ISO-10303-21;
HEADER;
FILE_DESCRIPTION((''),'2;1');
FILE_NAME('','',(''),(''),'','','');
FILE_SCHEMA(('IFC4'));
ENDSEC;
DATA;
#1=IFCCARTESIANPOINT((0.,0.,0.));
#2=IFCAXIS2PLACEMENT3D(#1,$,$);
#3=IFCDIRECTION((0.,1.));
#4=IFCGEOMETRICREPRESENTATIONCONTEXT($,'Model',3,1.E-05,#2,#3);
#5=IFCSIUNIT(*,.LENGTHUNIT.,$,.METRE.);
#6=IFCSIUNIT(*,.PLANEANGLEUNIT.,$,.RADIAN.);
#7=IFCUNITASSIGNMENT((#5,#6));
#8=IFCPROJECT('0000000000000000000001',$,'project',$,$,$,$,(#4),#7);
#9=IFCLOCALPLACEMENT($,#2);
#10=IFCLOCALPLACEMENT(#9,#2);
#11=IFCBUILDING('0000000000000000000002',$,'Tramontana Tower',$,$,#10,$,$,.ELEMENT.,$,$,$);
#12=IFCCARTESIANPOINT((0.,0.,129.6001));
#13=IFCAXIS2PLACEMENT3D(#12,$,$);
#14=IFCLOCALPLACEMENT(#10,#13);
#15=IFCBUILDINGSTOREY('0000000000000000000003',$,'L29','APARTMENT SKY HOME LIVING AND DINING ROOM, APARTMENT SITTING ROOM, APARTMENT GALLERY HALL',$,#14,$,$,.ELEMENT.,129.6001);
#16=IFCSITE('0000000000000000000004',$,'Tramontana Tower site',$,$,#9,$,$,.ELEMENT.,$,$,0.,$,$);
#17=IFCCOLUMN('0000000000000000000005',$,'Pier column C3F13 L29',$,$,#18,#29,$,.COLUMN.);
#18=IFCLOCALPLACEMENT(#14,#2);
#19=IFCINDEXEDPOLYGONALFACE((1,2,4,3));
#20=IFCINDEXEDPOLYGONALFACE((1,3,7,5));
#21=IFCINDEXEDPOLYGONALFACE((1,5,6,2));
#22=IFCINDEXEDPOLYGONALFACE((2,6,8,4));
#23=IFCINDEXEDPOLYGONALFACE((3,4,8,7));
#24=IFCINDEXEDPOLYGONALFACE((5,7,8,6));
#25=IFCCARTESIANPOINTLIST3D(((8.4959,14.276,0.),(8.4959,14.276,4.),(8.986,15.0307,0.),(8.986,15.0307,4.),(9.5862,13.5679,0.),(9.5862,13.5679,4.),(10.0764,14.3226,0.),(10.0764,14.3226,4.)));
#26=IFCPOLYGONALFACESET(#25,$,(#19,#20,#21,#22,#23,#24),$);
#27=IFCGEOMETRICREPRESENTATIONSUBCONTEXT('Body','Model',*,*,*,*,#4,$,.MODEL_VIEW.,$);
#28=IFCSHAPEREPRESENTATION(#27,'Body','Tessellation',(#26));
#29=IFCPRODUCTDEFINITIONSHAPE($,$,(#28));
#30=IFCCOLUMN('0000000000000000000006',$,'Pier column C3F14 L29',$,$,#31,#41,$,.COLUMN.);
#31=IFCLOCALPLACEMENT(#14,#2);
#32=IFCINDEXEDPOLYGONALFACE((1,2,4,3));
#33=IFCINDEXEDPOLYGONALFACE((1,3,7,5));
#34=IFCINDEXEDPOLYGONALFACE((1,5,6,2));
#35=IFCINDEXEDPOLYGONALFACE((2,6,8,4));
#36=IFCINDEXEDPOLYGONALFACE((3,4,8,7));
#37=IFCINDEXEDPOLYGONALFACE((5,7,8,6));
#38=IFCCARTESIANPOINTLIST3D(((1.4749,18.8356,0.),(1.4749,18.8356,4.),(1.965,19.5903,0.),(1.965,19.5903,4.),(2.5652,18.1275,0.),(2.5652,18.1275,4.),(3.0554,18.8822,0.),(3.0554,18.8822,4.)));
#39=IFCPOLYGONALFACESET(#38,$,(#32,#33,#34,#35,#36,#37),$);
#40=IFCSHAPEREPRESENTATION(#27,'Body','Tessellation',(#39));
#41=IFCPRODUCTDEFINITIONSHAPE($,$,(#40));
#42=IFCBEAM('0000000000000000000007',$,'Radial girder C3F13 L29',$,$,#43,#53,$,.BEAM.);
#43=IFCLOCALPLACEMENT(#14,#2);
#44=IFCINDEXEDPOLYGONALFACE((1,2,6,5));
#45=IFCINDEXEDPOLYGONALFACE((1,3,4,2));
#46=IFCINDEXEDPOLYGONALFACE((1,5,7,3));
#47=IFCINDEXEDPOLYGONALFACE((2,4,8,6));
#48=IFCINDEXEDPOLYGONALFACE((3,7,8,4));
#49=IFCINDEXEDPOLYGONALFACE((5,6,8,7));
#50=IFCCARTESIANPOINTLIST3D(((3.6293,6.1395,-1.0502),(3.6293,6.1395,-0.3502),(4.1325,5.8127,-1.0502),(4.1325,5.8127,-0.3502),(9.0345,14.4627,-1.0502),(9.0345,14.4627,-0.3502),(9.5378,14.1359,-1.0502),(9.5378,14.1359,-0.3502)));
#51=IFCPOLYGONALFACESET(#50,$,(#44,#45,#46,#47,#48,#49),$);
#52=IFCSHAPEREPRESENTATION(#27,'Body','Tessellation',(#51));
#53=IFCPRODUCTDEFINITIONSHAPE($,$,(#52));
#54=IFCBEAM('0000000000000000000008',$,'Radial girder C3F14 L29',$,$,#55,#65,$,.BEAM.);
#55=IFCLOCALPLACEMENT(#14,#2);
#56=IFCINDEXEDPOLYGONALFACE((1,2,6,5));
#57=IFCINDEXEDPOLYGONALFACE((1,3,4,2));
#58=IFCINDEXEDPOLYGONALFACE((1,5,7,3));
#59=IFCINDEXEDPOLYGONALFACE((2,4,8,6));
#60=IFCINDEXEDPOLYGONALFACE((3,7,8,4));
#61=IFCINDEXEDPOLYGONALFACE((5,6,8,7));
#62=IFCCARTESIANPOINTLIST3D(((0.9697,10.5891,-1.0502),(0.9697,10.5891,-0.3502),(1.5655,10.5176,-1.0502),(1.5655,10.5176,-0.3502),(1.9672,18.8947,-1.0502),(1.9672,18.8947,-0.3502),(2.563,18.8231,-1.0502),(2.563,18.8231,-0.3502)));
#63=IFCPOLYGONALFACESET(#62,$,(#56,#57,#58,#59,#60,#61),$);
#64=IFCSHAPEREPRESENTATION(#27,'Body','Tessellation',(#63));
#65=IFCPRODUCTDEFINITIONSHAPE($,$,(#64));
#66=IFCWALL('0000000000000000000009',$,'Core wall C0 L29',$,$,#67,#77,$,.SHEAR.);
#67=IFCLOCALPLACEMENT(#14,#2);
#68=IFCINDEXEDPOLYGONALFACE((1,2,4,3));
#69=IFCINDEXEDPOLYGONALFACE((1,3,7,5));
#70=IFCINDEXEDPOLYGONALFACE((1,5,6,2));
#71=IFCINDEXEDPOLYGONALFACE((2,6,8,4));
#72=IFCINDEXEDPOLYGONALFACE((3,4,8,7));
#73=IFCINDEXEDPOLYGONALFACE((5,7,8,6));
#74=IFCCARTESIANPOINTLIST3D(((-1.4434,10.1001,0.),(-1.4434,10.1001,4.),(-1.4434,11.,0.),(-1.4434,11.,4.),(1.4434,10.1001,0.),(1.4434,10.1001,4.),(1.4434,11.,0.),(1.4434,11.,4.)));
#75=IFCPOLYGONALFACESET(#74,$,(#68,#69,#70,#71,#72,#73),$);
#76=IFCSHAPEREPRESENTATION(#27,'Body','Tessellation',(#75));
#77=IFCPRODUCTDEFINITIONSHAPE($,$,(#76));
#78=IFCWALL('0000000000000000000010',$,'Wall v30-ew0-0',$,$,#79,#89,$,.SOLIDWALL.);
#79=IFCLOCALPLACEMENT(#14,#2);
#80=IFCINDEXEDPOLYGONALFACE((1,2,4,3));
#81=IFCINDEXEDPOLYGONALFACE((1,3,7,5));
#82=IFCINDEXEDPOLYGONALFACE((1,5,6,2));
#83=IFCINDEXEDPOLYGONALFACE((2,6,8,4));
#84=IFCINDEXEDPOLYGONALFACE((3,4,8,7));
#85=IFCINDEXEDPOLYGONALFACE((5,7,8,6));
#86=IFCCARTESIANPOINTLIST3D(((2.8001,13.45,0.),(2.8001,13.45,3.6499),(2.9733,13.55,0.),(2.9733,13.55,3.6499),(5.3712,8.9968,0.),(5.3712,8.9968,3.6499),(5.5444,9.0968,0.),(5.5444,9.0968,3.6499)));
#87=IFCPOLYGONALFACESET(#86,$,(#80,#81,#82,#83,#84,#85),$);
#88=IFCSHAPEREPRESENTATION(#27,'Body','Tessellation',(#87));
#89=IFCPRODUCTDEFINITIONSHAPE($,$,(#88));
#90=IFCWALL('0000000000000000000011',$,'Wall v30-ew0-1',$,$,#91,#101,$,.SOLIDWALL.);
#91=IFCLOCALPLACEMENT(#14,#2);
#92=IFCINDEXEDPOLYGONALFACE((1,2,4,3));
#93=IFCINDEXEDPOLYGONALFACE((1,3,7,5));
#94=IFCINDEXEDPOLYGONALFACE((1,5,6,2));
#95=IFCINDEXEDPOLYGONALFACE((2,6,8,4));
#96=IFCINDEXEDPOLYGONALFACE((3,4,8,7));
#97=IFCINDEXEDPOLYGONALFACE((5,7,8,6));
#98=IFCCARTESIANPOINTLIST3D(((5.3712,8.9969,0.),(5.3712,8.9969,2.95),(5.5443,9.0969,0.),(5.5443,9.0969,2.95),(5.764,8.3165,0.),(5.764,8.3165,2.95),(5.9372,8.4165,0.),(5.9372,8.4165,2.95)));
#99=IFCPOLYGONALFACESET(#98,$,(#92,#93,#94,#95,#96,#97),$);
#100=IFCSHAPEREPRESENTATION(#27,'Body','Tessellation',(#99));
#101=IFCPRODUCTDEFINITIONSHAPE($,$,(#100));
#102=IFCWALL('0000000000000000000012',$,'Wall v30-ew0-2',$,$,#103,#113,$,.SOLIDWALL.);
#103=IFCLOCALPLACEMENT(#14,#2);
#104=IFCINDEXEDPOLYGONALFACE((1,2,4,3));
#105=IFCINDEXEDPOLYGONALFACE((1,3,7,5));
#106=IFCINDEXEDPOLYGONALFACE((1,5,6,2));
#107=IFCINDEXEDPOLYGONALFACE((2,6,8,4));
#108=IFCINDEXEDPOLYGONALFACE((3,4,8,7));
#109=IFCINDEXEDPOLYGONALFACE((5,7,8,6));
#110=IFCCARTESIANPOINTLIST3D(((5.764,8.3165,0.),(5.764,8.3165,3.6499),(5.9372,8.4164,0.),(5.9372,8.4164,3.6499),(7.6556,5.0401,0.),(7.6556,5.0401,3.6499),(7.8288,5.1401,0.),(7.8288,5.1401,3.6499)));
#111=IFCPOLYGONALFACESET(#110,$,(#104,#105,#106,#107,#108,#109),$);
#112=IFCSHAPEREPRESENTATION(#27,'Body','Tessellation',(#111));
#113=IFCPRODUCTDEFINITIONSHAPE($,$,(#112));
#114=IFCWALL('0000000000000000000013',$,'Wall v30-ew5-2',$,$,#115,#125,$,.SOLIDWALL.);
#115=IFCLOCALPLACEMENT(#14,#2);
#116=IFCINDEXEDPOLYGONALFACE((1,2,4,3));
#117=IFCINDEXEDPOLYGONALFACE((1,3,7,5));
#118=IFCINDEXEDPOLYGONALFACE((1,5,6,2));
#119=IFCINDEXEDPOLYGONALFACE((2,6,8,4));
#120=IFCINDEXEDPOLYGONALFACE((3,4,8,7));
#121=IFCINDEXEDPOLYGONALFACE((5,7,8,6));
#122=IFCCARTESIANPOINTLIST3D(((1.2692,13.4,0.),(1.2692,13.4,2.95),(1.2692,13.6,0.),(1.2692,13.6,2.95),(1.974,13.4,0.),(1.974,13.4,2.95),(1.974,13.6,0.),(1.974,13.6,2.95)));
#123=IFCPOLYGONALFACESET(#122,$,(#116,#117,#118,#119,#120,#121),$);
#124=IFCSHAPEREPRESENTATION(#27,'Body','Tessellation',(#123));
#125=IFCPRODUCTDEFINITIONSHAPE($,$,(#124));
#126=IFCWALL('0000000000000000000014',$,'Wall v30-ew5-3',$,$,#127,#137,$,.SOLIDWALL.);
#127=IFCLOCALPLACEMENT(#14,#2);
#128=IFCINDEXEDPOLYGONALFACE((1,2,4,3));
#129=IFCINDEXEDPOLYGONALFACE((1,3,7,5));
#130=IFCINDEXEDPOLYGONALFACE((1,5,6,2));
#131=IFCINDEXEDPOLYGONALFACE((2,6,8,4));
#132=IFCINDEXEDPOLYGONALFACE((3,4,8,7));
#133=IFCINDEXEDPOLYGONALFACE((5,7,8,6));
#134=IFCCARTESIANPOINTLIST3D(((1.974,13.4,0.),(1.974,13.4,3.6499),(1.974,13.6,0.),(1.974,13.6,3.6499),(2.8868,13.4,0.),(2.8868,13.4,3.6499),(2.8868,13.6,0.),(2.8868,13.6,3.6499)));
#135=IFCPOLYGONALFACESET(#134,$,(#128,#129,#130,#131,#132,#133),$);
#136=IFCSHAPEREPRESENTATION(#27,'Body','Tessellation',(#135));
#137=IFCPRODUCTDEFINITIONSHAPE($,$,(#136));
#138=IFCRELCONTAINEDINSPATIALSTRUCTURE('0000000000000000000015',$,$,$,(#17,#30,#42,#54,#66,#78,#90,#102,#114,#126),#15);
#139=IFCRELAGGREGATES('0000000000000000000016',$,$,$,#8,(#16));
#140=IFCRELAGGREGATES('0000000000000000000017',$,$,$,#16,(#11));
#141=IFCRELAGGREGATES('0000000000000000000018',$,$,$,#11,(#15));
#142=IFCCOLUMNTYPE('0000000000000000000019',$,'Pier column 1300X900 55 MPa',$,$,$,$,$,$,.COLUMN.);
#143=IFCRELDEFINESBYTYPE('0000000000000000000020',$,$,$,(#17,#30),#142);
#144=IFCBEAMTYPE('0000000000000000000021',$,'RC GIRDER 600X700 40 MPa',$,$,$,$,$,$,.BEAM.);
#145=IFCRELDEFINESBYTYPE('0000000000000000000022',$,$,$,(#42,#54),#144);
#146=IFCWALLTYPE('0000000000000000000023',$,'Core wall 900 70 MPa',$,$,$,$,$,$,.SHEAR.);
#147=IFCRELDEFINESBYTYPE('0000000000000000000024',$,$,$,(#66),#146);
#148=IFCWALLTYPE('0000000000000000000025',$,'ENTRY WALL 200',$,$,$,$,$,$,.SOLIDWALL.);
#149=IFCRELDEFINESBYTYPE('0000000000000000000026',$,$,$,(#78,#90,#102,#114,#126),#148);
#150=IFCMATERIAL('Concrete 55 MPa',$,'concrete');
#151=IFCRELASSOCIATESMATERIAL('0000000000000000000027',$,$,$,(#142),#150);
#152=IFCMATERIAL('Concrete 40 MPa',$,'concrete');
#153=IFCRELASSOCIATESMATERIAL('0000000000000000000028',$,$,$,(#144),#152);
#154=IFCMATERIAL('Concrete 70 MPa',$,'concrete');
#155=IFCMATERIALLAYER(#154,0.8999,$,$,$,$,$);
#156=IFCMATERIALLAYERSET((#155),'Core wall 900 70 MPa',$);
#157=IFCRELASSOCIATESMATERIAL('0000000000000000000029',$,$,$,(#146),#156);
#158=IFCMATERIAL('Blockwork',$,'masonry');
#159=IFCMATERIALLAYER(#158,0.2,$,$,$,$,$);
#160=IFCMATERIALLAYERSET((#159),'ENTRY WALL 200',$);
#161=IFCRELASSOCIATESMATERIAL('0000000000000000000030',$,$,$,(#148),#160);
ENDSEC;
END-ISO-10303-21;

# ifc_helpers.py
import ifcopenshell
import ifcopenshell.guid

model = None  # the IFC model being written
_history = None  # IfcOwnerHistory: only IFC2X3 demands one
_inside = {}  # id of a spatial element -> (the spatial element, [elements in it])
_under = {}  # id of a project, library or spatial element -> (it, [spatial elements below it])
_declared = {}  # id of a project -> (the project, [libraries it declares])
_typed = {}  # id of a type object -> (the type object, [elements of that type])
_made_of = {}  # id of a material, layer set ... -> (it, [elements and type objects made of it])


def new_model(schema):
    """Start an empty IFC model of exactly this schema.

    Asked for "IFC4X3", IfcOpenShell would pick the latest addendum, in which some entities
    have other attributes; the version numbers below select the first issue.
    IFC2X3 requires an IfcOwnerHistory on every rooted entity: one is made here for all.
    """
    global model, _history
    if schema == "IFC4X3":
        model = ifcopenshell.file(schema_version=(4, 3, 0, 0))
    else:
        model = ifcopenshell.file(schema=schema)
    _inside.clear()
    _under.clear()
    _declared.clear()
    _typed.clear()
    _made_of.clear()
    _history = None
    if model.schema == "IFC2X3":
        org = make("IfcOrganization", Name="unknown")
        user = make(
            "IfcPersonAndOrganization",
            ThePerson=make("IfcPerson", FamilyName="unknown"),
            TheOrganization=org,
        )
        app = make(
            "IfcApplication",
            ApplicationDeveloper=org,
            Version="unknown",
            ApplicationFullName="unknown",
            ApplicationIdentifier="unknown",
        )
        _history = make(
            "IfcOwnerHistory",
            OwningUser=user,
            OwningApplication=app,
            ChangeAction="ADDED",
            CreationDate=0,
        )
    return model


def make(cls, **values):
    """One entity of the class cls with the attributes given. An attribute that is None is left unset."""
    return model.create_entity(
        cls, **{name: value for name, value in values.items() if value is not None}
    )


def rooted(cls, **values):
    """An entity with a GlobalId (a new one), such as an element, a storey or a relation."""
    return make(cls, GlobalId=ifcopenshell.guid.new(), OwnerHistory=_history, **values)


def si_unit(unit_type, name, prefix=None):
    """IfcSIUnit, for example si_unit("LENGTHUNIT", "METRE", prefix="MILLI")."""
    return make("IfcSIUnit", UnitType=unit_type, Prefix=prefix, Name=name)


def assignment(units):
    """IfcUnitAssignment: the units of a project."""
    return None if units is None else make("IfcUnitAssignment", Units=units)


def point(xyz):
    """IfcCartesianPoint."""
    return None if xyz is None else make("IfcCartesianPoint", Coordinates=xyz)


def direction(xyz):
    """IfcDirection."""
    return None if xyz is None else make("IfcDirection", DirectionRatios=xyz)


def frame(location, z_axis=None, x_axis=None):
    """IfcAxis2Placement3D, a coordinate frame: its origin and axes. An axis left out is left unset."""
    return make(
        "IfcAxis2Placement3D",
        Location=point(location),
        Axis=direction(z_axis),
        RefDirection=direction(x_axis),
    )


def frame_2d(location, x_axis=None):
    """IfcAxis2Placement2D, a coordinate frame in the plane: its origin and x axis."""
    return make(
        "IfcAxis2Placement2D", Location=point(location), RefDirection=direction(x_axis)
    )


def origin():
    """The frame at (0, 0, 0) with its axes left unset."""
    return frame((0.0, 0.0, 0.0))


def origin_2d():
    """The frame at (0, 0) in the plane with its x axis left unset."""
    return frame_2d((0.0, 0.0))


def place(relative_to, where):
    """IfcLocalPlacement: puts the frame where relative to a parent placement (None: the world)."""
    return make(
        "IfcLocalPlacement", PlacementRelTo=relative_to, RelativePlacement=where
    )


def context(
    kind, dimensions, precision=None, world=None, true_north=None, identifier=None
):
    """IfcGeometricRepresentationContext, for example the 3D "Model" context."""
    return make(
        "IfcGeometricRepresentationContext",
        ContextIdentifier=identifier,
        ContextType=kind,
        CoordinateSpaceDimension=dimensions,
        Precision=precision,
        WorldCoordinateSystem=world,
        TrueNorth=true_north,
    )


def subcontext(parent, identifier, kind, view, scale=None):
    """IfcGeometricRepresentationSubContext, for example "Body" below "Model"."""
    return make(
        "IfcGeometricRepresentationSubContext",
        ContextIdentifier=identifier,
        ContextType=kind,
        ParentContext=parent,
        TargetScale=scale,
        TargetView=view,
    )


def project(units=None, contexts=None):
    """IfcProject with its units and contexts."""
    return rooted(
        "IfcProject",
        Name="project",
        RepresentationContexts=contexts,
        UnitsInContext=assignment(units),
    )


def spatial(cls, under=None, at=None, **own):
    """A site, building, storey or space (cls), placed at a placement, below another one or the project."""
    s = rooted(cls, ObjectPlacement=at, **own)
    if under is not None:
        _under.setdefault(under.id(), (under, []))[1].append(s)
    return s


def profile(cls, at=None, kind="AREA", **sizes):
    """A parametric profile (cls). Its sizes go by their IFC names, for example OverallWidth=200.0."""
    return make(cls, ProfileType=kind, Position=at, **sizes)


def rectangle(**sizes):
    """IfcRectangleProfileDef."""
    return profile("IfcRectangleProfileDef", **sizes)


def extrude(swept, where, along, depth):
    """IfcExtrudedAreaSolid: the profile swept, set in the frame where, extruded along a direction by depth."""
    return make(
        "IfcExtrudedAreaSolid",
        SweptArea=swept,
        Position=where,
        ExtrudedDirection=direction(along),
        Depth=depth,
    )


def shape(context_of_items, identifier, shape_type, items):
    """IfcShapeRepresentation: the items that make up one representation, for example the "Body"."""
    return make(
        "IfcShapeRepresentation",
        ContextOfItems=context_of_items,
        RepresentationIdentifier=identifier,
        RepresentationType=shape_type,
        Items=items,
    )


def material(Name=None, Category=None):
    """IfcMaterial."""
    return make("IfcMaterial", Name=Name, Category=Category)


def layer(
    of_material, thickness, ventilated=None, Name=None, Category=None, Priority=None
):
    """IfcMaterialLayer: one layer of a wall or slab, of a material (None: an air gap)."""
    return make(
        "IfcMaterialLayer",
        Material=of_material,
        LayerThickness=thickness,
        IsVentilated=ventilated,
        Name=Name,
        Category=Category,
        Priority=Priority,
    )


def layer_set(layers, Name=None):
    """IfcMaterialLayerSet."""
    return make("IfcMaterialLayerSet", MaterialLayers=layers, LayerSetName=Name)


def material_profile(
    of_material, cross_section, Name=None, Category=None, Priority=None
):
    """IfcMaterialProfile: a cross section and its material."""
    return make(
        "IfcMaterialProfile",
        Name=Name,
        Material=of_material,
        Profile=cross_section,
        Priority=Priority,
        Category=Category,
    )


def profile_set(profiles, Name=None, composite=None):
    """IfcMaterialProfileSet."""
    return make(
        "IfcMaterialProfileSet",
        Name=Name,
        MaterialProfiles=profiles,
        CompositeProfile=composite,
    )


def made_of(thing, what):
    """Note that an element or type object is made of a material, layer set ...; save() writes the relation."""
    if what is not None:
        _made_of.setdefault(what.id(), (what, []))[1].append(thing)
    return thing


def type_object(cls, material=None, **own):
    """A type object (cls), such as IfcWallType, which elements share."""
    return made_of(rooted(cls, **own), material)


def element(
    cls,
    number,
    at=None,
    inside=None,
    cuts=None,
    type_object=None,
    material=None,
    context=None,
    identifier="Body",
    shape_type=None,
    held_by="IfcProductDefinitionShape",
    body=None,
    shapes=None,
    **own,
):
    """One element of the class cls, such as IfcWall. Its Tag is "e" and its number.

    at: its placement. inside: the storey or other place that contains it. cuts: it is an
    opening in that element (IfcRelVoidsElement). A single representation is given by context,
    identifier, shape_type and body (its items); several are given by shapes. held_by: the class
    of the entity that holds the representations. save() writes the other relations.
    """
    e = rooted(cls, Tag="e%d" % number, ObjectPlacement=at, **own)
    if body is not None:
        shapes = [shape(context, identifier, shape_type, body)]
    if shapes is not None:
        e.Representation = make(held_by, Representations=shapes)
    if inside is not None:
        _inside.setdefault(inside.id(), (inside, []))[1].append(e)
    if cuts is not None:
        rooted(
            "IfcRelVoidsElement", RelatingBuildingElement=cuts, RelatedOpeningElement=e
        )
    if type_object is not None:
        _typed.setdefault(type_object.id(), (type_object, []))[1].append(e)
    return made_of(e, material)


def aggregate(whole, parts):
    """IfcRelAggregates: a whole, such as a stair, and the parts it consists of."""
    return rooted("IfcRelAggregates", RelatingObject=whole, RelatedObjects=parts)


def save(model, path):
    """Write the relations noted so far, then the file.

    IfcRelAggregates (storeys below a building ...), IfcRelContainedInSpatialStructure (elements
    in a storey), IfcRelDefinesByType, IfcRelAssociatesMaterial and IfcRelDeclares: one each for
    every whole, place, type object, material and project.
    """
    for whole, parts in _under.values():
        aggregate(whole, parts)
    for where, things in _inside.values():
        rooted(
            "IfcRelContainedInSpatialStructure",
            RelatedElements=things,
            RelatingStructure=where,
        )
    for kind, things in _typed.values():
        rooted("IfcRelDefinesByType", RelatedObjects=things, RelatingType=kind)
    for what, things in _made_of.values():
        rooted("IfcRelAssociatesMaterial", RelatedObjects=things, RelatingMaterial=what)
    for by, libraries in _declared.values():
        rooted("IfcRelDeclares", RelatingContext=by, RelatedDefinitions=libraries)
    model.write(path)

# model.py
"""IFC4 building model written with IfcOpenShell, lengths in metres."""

from ifc_helpers import new_model, si_unit, direction, frame, frame_2d, origin, origin_2d, place, context, subcontext, project, spatial, rectangle, extrude, material, layer, layer_set, material_profile, profile_set, type_object, element, save


model = new_model("IFC4")

# Units and contexts
model_context = context("Model", 3, precision=1e-05, world=origin(), true_north=direction((0.0, 1.0)))
body_context = subcontext(model_context, "Body", "Model", "MODEL_VIEW")
ifc_project = project(units=[si_unit("LENGTHUNIT", "METRE"), si_unit("PLANEANGLEUNIT", "RADIAN")], contexts=[model_context])

# Site, building, storey
site_placement = place(None, origin())
site = spatial("IfcSite", under=ifc_project, at=site_placement, Name="Tramontana Tower site", CompositionType="ELEMENT", RefElevation=0.0)
building_placement = place(site_placement, origin())
building = spatial("IfcBuilding", under=site, at=building_placement, Name="Tramontana Tower", CompositionType="ELEMENT")
storey_placement = place(building_placement, frame((0.0, 0.0, 129.6001)))
storey = spatial("IfcBuildingStorey", under=building, at=storey_placement, Name="L29", Description="APARTMENT SKY HOME LIVING AND DINING ROOM, APARTMENT SITTING ROOM, APARTMENT GALLERY HALL", CompositionType="ELEMENT", Elevation=129.6001)

# Columns
ifc_material_1 = material(Name="Concrete 55 MPa", Category="concrete")
ifc_material_profile_1 = material_profile(ifc_material_1, rectangle(XDim=1.3, YDim=0.8999, at=origin_2d()), Name="Pier column 1300X900 55 MPa")
ifc_profile_set_1 = profile_set([ifc_material_profile_1], Name="Concrete 55 MPa")
column_type = type_object("IfcColumnType", Name="Pier column 1300X900 55 MPa", PredefinedType="COLUMN", material=ifc_profile_set_1)
for number, where, z_axis, x_axis, name in (
    (1, (9.2861, 14.2993, 0.0), (0.0, 0.0, 1.0), (-0.838671, 0.544639, 0.0), "Pier column C3F13 L29"),
    (2, (2.2651, 18.8589, 0.0), (0.0, 0.0, 1.0), (-0.838671, 0.544639, 0.0), "Pier column C3F14 L29"),
):
    element("IfcColumn", number, at=place(storey_placement, frame(where, z_axis=z_axis, x_axis=x_axis)), inside=storey, type_object=column_type, Name=name, PredefinedType="COLUMN", context=body_context, shape_type="SweptSolid", body=[
        extrude(rectangle(XDim=1.3, YDim=0.8999, at=origin_2d()), origin(), (0.0, 0.0, 1.0), 4.0),
    ])

# Beams
ifc_material_2 = material(Name="Concrete 40 MPa", Category="concrete")
ifc_material_profile_2 = material_profile(ifc_material_2, rectangle(XDim=0.6001, YDim=0.7, at=origin_2d()), Name="RC GIRDER 600X700 40 MPa")
ifc_profile_set_2 = profile_set([ifc_material_profile_2], Name="Concrete 40 MPa")
beam_type = type_object("IfcBeamType", Name="RC GIRDER 600X700 40 MPa", PredefinedType="BEAM", material=ifc_profile_set_2)
beam_1_placement = place(storey_placement, frame((9.2861, 14.2993, -0.7002), z_axis=(-0.544646, -0.838666, 0.0), x_axis=(0.838666, -0.544646, 0.0)))
element("IfcBeam", 3, at=beam_1_placement, inside=storey, type_object=beam_type, Name="Radial girder C3F13 L29", PredefinedType="BEAM", context=body_context, shape_type="SweptSolid", body=[
    extrude(rectangle(XDim=0.6001, YDim=0.7, at=origin_2d()), origin(), (0.0, 0.0, 1.0), 9.9243),
])
beam_2_placement = place(storey_placement, frame((2.2651, 18.8589, -0.7002), z_axis=(-0.119249, -0.992864, 0.0), x_axis=(0.992864, -0.119249, 0.0)))
element("IfcBeam", 4, at=beam_2_placement, inside=storey, type_object=beam_type, Name="Radial girder C3F14 L29", PredefinedType="BEAM", context=body_context, shape_type="SweptSolid", body=[
    extrude(rectangle(XDim=0.6001, YDim=0.7, at=origin_2d()), origin(), (0.0, 0.0, 1.0), 8.3652),
])

# Walls
ifc_material_3 = material(Name="Concrete 70 MPa", Category="concrete")
ifc_layer_1 = layer(ifc_material_3, 0.8999)
ifc_layer_set_1 = layer_set([ifc_layer_1], Name="Core wall 900 70 MPa")
wall_type_1 = type_object("IfcWallType", Name="Core wall 900 70 MPa", PredefinedType="SHEAR", material=ifc_layer_set_1)
wall_1_placement = place(storey_placement, frame((1.4434, 10.55, 0.0), z_axis=(0.0, 0.0, 1.0), x_axis=(-1.0, 0.0, 0.0)))
element("IfcWall", 5, at=wall_1_placement, inside=storey, type_object=wall_type_1, Name="Core wall C0 L29", PredefinedType="SHEAR", context=body_context, shape_type="SweptSolid", body=[
    extrude(rectangle(XDim=2.8867, YDim=0.8999, at=frame_2d((1.4434, 0.0))), origin(), (0.0, 0.0, 1.0), 4.0),
])
ifc_material_4 = material(Name="Blockwork", Category="masonry")
ifc_layer_2 = layer(ifc_material_4, 0.2)
ifc_layer_set_2 = layer_set([ifc_layer_2], Name="ENTRY WALL 200")
wall_type_2 = type_object("IfcWallType", Name="ENTRY WALL 200", PredefinedType="SOLIDWALL", material=ifc_layer_set_2)
wall_2_placement = place(storey_placement, frame((2.8867, 13.5, 0.0), z_axis=(0.0, 0.0, 1.0), x_axis=(0.500005, -0.866023, 0.0)))
element("IfcWall", 6, at=wall_2_placement, inside=storey, type_object=wall_type_2, Name="Wall v30-ew0-0", PredefinedType="SOLIDWALL", context=body_context, shape_type="SweptSolid", body=[
    extrude(rectangle(XDim=5.1421, YDim=0.2, at=frame_2d((2.571, 0.0))), origin(), (0.0, 0.0, 1.0), 3.6499),
])
wall_3_placement = place(storey_placement, frame((5.4578, 9.0469, 0.0), z_axis=(0.0, 0.0, 1.0), x_axis=(0.499982, -0.866036, 0.0)))
element("IfcWall", 7, at=wall_3_placement, inside=storey, type_object=wall_type_2, Name="Wall v30-ew0-1", PredefinedType="SOLIDWALL", context=body_context, shape_type="SweptSolid", body=[
    extrude(rectangle(XDim=0.7856, YDim=0.2, at=frame_2d((0.3928, 0.0))), origin(), (0.0, 0.0, 1.0), 2.95),
])
wall_4_placement = place(storey_placement, frame((5.8506, 8.3665, 0.0), z_axis=(0.0, 0.0, 1.0), x_axis=(0.499998, -0.866027, 0.0)))
element("IfcWall", 8, at=wall_4_placement, inside=storey, type_object=wall_type_2, Name="Wall v30-ew0-2", PredefinedType="SOLIDWALL", context=body_context, shape_type="SweptSolid", body=[
    extrude(rectangle(XDim=3.7832, YDim=0.2, at=frame_2d((1.8916, 0.0))), origin(), (0.0, 0.0, 1.0), 3.6499),
])
wall_5_placement = place(storey_placement, frame((1.269, 13.5, 0.0), z_axis=(0.0, 0.0, 1.0), x_axis=(1.0, 0.0, 0.0)))
element("IfcWall", 9, at=wall_5_placement, inside=storey, type_object=wall_type_2, Name="Wall v30-ew5-2", PredefinedType="SOLIDWALL", context=body_context, shape_type="SweptSolid", body=[
    extrude(rectangle(XDim=0.7048, YDim=0.2, at=frame_2d((0.3525, 0.0))), origin(), (0.0, 0.0, 1.0), 2.95),
])
wall_6_placement = place(storey_placement, frame((1.9739, 13.5, 0.0), z_axis=(0.0, 0.0, 1.0), x_axis=(1.0, 0.0, 0.0)))
element("IfcWall", 10, at=wall_6_placement, inside=storey, type_object=wall_type_2, Name="Wall v30-ew5-3", PredefinedType="SOLIDWALL", context=body_context, shape_type="SweptSolid", body=[
    extrude(rectangle(XDim=0.9128, YDim=0.2, at=frame_2d((0.4565, 0.0))), origin(), (0.0, 0.0, 1.0), 3.6499),
])

save(model, "model.ifc")
